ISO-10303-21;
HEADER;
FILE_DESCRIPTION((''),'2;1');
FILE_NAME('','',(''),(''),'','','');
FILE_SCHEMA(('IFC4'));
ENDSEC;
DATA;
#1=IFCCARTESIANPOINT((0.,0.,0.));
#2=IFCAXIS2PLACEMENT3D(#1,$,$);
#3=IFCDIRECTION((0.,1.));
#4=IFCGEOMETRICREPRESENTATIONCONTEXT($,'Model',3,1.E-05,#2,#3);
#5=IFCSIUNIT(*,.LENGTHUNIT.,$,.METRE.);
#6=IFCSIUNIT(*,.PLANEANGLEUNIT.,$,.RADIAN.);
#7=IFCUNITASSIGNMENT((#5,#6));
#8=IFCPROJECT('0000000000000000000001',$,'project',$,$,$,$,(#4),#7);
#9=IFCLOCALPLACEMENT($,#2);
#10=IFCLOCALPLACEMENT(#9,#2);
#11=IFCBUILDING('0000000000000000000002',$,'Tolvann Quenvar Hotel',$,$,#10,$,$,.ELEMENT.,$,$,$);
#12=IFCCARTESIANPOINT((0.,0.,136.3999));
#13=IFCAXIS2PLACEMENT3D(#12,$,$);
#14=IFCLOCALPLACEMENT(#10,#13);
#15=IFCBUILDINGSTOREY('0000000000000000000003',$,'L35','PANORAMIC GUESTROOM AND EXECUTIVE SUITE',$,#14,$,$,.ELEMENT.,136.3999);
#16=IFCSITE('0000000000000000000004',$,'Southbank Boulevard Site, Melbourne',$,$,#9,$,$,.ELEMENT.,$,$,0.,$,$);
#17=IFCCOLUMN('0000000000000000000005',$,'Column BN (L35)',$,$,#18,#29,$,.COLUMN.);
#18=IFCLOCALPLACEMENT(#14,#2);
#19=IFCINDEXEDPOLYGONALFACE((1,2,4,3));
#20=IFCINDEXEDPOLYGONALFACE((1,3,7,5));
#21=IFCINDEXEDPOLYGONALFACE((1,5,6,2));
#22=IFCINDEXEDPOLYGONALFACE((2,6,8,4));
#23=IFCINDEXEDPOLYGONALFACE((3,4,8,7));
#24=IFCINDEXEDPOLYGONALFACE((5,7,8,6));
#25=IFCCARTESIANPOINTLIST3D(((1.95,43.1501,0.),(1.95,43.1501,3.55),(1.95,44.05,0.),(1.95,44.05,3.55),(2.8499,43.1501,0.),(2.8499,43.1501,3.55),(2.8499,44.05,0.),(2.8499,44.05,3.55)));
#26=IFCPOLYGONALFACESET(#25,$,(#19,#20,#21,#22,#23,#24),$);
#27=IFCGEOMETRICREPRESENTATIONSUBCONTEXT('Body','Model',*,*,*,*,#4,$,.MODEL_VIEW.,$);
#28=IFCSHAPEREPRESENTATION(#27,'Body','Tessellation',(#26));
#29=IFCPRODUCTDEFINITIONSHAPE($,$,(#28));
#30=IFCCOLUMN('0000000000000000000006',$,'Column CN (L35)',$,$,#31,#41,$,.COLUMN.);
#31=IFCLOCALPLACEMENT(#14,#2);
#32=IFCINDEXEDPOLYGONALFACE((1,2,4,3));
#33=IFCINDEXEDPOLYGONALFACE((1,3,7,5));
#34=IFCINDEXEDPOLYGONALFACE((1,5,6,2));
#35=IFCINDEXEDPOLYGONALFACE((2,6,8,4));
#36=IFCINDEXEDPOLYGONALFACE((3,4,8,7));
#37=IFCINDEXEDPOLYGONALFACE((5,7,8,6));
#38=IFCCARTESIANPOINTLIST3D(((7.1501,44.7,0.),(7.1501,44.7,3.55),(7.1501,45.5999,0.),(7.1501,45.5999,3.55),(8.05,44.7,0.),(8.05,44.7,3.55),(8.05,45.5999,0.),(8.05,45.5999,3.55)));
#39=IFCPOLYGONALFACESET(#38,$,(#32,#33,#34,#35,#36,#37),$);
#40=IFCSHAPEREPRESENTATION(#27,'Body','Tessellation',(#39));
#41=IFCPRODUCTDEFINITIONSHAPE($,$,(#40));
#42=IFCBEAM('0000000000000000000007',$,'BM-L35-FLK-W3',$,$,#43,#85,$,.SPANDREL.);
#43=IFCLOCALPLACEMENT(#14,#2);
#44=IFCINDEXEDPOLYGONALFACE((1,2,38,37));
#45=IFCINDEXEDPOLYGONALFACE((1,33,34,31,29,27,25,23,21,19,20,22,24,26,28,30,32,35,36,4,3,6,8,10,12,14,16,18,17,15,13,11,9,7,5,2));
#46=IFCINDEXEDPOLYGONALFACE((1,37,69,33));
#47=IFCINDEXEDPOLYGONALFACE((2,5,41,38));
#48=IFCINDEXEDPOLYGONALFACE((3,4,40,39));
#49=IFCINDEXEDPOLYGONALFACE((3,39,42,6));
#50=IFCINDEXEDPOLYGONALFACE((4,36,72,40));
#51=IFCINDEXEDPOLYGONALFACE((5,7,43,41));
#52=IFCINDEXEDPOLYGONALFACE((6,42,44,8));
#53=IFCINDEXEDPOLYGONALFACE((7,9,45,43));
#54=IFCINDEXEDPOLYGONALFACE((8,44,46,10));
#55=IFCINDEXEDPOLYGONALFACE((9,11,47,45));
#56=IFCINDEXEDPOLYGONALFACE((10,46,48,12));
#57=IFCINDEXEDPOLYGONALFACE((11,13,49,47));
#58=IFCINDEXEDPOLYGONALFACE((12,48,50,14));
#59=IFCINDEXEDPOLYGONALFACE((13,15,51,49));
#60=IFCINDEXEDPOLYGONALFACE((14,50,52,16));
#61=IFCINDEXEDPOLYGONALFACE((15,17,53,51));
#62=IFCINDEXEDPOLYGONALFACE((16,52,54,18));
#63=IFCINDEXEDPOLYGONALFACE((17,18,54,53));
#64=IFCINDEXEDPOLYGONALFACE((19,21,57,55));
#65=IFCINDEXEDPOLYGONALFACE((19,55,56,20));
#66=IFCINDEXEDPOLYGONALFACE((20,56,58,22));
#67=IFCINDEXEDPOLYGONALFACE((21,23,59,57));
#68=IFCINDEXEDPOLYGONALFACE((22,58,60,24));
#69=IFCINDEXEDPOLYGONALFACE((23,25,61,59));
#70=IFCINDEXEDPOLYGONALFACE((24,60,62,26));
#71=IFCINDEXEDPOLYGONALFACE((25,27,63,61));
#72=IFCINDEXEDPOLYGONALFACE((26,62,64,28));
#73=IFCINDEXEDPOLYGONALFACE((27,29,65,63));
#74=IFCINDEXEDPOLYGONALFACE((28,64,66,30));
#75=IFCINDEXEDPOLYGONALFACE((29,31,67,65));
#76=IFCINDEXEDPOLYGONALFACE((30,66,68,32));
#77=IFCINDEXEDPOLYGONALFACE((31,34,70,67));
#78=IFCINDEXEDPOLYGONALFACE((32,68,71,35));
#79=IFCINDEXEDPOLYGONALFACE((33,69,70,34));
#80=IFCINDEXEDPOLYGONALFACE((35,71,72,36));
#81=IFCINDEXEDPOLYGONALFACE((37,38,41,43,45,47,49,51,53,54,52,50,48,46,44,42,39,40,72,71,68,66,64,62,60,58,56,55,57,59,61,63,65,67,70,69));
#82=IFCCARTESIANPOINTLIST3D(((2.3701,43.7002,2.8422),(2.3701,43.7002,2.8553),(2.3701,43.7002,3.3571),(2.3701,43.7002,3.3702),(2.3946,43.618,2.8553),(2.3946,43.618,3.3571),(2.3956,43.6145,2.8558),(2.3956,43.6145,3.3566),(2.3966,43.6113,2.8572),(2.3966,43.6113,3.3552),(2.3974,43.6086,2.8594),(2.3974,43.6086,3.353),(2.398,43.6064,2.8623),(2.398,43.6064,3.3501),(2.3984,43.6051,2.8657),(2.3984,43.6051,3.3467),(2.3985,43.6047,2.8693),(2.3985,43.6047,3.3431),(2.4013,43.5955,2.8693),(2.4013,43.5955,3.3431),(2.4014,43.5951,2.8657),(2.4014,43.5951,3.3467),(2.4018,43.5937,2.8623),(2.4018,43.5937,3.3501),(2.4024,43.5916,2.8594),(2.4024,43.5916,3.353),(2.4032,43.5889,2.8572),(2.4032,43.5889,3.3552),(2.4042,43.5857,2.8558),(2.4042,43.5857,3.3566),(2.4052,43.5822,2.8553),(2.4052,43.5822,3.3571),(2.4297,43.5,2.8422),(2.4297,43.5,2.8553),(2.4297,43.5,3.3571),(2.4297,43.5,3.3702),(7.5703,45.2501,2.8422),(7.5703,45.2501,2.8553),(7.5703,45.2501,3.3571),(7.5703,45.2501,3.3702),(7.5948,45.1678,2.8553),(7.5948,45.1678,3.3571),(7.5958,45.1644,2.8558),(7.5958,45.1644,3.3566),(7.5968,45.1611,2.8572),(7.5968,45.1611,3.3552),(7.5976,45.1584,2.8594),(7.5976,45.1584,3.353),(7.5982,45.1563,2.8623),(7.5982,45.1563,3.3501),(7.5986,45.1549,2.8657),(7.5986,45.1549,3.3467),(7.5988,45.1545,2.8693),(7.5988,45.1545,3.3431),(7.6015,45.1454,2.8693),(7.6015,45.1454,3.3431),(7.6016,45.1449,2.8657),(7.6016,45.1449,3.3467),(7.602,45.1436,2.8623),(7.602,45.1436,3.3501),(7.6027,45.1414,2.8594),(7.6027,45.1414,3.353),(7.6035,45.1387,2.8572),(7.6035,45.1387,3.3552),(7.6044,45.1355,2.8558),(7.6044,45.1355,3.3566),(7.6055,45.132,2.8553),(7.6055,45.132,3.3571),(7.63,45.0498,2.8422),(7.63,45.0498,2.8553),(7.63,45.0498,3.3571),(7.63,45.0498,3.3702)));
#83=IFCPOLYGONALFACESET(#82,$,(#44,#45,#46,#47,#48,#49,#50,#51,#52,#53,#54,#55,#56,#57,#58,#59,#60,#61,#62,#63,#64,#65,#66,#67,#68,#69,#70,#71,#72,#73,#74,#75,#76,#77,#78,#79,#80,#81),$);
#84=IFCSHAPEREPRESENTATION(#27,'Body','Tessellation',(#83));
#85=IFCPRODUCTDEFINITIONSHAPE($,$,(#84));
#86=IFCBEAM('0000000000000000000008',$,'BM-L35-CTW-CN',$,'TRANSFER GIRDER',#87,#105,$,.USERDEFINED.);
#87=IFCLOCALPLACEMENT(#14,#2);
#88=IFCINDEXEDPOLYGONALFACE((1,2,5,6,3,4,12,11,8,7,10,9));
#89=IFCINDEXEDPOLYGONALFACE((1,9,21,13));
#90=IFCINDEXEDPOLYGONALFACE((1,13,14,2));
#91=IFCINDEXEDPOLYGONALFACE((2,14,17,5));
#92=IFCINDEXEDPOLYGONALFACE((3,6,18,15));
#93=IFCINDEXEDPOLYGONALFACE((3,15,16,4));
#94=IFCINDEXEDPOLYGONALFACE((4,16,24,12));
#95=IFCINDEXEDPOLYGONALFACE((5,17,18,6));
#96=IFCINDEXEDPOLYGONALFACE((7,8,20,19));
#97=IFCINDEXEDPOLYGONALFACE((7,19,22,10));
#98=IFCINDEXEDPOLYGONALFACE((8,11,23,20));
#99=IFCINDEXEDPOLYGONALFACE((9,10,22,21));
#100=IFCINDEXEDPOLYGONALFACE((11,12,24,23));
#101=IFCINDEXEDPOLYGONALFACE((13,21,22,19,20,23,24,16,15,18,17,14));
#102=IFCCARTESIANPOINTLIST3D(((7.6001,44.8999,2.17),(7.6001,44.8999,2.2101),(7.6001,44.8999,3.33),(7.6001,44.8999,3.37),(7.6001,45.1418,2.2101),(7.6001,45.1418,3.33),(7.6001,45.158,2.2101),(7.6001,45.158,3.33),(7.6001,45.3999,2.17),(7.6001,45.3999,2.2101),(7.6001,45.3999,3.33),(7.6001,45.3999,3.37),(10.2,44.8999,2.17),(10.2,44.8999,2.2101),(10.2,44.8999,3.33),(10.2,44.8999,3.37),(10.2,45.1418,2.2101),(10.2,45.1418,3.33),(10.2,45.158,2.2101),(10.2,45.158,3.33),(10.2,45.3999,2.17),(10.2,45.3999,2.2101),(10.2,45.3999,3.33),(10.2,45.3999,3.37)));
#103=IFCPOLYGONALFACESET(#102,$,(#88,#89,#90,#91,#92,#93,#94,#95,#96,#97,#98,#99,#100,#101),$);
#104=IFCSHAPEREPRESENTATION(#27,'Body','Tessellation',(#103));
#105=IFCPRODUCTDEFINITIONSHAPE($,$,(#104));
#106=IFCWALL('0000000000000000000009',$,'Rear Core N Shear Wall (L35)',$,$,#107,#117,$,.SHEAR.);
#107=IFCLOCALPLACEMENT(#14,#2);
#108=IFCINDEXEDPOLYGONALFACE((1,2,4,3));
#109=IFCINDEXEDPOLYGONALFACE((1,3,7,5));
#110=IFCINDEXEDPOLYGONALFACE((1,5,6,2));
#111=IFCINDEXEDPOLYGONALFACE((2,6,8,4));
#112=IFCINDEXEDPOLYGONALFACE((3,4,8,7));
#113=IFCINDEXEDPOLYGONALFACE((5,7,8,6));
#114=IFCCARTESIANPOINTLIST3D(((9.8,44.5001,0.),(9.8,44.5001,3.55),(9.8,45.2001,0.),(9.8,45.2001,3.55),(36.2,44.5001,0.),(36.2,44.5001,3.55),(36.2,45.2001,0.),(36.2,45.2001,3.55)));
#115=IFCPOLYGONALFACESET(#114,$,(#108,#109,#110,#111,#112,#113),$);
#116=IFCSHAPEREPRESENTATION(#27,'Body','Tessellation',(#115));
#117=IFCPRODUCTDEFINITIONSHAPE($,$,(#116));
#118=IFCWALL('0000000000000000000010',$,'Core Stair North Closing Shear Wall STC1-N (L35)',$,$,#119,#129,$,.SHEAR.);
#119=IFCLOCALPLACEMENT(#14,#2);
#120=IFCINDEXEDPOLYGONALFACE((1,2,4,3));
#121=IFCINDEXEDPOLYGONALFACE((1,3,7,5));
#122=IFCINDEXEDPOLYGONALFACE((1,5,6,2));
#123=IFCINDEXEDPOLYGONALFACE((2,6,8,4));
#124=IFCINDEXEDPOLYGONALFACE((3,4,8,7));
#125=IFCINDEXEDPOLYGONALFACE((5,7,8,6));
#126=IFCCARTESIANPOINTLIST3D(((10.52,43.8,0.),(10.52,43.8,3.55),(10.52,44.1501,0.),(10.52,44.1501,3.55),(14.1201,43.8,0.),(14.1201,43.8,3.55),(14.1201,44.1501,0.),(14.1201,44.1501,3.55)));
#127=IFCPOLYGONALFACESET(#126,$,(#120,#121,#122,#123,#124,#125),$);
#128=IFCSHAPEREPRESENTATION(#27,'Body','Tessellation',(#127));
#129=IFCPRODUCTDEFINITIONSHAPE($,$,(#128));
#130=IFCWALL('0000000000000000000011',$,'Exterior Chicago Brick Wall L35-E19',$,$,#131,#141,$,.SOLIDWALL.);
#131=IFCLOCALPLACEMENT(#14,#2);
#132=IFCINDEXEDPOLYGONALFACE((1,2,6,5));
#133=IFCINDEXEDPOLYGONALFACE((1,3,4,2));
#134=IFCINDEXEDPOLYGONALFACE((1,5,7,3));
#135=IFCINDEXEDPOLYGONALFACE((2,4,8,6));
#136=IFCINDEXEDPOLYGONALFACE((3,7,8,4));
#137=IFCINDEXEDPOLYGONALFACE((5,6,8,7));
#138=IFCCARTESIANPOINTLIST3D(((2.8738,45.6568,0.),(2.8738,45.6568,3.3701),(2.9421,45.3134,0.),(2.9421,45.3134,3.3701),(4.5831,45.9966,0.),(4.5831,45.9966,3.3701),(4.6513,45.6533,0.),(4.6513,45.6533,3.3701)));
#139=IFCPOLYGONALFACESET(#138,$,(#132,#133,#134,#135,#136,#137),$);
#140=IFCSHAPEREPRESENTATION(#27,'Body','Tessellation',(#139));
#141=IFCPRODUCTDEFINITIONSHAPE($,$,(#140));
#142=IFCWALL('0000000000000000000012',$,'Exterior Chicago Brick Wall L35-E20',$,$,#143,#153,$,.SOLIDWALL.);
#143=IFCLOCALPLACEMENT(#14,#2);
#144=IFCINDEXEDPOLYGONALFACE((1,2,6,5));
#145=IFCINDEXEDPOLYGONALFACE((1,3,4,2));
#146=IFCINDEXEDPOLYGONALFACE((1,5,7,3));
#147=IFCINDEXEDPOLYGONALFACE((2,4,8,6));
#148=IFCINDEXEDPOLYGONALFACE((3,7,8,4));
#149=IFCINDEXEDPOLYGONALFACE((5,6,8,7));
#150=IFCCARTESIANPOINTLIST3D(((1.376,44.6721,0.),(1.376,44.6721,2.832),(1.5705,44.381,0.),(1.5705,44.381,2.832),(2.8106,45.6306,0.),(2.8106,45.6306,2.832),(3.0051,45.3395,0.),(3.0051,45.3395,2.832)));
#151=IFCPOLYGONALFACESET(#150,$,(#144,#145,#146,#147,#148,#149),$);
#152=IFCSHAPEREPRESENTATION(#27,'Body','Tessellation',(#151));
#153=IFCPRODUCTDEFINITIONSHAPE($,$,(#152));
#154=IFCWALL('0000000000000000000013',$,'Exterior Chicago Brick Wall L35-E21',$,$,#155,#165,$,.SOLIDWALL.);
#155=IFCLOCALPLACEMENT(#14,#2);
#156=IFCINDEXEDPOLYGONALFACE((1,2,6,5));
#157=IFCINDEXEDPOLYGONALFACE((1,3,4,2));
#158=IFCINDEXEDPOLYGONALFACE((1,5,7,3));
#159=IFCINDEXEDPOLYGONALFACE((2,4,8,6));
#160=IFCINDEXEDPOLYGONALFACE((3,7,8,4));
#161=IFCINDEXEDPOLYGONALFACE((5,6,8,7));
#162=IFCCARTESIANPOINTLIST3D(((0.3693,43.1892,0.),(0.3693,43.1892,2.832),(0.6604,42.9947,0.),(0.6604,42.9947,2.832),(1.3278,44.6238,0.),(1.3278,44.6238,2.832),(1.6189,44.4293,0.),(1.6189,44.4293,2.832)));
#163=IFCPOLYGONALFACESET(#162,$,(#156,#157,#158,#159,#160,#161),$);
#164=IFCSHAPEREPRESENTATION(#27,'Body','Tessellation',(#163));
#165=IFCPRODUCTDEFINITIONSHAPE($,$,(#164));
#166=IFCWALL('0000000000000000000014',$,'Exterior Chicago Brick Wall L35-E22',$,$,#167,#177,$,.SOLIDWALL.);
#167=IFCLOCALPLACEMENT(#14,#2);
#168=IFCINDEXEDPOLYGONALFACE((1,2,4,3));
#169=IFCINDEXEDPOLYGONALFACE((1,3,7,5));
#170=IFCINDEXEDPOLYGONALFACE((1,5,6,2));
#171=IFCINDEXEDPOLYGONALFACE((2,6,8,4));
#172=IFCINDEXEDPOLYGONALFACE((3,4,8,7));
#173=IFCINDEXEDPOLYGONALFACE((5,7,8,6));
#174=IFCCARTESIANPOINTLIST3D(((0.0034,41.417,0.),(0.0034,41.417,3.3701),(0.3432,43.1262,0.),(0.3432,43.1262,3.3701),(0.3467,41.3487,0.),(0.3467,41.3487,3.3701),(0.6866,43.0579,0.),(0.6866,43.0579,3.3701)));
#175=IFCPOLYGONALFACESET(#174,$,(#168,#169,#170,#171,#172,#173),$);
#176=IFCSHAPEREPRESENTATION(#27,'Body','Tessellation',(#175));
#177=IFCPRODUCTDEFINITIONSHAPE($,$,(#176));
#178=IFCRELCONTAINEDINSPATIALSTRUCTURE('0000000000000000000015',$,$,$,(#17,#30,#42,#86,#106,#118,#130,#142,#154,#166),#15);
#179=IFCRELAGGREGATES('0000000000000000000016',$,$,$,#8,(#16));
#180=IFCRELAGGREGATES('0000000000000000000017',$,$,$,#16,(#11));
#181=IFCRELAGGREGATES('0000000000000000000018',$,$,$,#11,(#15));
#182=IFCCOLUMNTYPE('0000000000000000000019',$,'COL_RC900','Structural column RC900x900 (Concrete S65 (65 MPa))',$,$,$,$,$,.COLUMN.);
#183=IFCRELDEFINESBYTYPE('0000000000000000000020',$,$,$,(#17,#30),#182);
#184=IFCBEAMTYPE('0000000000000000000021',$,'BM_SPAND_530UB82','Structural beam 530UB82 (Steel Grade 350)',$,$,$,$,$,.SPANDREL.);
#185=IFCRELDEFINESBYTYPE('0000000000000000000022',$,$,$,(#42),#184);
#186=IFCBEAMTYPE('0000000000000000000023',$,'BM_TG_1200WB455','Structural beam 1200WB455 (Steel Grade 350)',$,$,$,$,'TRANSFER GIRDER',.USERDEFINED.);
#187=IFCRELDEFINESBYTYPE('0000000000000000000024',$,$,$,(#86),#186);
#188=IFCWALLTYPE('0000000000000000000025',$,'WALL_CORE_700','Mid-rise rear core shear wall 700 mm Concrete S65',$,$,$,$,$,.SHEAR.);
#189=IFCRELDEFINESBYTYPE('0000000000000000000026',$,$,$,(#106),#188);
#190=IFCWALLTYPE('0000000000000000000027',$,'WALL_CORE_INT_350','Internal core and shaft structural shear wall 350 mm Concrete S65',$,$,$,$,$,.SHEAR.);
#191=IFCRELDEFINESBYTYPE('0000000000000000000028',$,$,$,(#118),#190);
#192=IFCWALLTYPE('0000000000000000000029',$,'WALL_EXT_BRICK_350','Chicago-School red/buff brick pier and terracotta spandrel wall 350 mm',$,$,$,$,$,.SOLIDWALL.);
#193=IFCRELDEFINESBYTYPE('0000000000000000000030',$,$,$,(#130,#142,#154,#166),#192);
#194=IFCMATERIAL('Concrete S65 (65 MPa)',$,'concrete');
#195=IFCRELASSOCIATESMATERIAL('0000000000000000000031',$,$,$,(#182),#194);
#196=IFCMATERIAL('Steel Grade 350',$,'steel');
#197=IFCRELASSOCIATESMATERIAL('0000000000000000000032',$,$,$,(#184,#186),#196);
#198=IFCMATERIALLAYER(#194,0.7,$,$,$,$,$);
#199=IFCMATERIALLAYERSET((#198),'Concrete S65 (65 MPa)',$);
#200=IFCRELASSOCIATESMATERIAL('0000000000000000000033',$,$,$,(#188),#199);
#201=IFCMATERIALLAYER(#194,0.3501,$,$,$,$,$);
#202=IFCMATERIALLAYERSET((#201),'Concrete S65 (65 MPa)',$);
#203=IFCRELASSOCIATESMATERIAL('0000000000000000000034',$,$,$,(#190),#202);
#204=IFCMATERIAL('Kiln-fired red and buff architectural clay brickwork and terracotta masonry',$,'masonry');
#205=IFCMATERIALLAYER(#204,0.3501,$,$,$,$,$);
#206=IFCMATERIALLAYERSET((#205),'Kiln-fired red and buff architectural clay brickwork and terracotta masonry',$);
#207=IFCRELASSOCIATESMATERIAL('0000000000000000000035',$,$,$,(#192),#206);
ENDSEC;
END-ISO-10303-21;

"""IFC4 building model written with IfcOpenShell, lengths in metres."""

from ifc_helpers import new_model, si_unit, direction, frame, frame_2d, origin, origin_2d, place, context, subcontext, project, spatial, rectangle, i_section, extrude, source, transform, mapped, material, layer, layer_set, material_profile, profile_set, type_object, type_shapes, element, save


model = new_model("IFC4")

# Units and contexts
model_context = context("Model", 3, precision=1e-05, world=origin(), true_north=direction((0.0, 1.0)))
body_context = subcontext(model_context, "Body", "Model", "MODEL_VIEW")
ifc_project = project(units=[si_unit("LENGTHUNIT", "METRE"), si_unit("PLANEANGLEUNIT", "RADIAN")], contexts=[model_context])

# Site, building, storey
site_placement = place(None, origin())
site = spatial("IfcSite", under=ifc_project, at=site_placement, Name="Southbank Boulevard Site, Melbourne", CompositionType="ELEMENT", RefElevation=0.0)
building_placement = place(site_placement, origin())
building = spatial("IfcBuilding", under=site, at=building_placement, Name="Tolvann Quenvar Hotel", CompositionType="ELEMENT")
storey_placement = place(building_placement, frame((0.0, 0.0, 136.3999)))
storey = spatial("IfcBuildingStorey", under=building, at=storey_placement, Name="L35", Description="PANORAMIC GUESTROOM AND EXECUTIVE SUITE", CompositionType="ELEMENT", Elevation=136.3999)

# Columns
ifc_material_1 = material(Name="Concrete S65 (65 MPa)", Category="concrete")
ifc_material_profile_1 = material_profile(ifc_material_1, rectangle(XDim=0.8999, YDim=0.8999, at=origin_2d()), Name="RC900x900")
ifc_profile_set_1 = profile_set([ifc_material_profile_1], Name="Concrete S65 (65 MPa)")
column_type = type_object("IfcColumnType", Name="COL_RC900", Description="Structural column RC900x900 (Concrete S65 (65 MPa))", PredefinedType="COLUMN", material=ifc_profile_set_1)
shared_shape_1 = source(origin(), body_context, "Body", "SweptSolid", [
    extrude(rectangle(XDim=0.8999, YDim=0.8999, at=origin_2d()), origin(), (0.0, 0.0, 1.0), 3.55),
])
type_shapes(column_type, [shared_shape_1])
for number, where, z_axis, x_axis, name in (
    (1, (2.3999, 43.6001, 0.0), (0.0, 0.0, 1.0), (1.0, 0.0, 0.0), "Column BN (L35)"),
    (2, (7.6001, 45.1499, 0.0), (0.0, 0.0, 1.0), (1.0, 0.0, 0.0), "Column CN (L35)"),
):
    element("IfcColumn", number, at=place(storey_placement, frame(where, z_axis=z_axis, x_axis=x_axis)), inside=storey, type_object=column_type, Name=name, PredefinedType="COLUMN", context=body_context, shape_type="MappedRepresentation", body=[
        mapped(shared_shape_1, transform((0.0, 0.0, 0.0), x_axis=(1.0, 0.0, 0.0), y_axis=(0.0, 1.0, 0.0), z_axis=(0.0, 0.0, 1.0), scale=1.0)),
    ])

# Beams
ifc_material_2 = material(Name="Steel Grade 350", Category="steel")
ifc_material_profile_2 = material_profile(ifc_material_2, i_section(OverallWidth=0.209, OverallDepth=0.5281, WebThickness=0.0095, FlangeThickness=0.0132, FilletRadius=0.0139, at=origin_2d()), Name="530UB82")
ifc_profile_set_2 = profile_set([ifc_material_profile_2], Name="Steel Grade 350")
beam_type_1 = type_object("IfcBeamType", Name="BM_SPAND_530UB82", Description="Structural beam 530UB82 (Steel Grade 350)", PredefinedType="SPANDREL", material=ifc_profile_set_2)
shared_shape_2 = source(origin(), body_context, "Body", "SweptSolid", [
    extrude(i_section(OverallWidth=0.209, OverallDepth=0.5281, WebThickness=0.0095, FlangeThickness=0.0132, FilletRadius=0.0139, at=origin_2d()), origin(), (0.0, 0.0, 1.0), 5.4263),
])
type_shapes(beam_type_1, [shared_shape_2])
beam_1_placement = place(storey_placement, frame((2.3999, 43.6001, 3.1062), z_axis=(0.958345, 0.285614, 0.0), x_axis=(-0.285614, 0.958345, 0.0)))
element("IfcBeam", 3, at=beam_1_placement, inside=storey, type_object=beam_type_1, Name="BM-L35-FLK-W3", PredefinedType="SPANDREL", context=body_context, shape_type="MappedRepresentation", body=[
    mapped(shared_shape_2, transform((0.0, 0.0, 0.0), x_axis=(1.0, 0.0, 0.0), y_axis=(0.0, 1.0, 0.0), z_axis=(0.0, 0.0, 1.0), scale=1.0)),
])
ifc_material_profile_3 = material_profile(ifc_material_2, i_section(OverallWidth=0.5, OverallDepth=1.2, WebThickness=0.0161, FlangeThickness=0.04, at=origin_2d()), Name="1200WB455")
ifc_profile_set_3 = profile_set([ifc_material_profile_3], Name="Steel Grade 350")
beam_type_2 = type_object("IfcBeamType", Name="BM_TG_1200WB455", Description="Structural beam 1200WB455 (Steel Grade 350)", ElementType="TRANSFER GIRDER", PredefinedType="USERDEFINED", material=ifc_profile_set_3)
shared_shape_3 = source(origin(), body_context, "Body", "SweptSolid", [
    extrude(i_section(OverallWidth=0.5, OverallDepth=1.2, WebThickness=0.0161, FlangeThickness=0.04, at=origin_2d()), origin(), (0.0, 0.0, 1.0), 2.5999),
])
type_shapes(beam_type_2, [shared_shape_3])
beam_2_placement = place(storey_placement, frame((7.6001, 45.1499, 2.77), z_axis=(1.0, 0.0, 0.0), x_axis=(0.0, 1.0, 0.0)))
element("IfcBeam", 4, at=beam_2_placement, inside=storey, type_object=beam_type_2, Name="BM-L35-CTW-CN", ObjectType="TRANSFER GIRDER", PredefinedType="USERDEFINED", context=body_context, shape_type="MappedRepresentation", body=[
    mapped(shared_shape_3, transform((0.0, 0.0, 0.0), x_axis=(1.0, 0.0, 0.0), y_axis=(0.0, 1.0, 0.0), z_axis=(0.0, 0.0, 1.0), scale=1.0)),
])

# Walls
ifc_layer_1 = layer(ifc_material_1, 0.7)
ifc_layer_set_1 = layer_set([ifc_layer_1], Name="Concrete S65 (65 MPa)")
wall_type_1 = type_object("IfcWallType", Name="WALL_CORE_700", Description="Mid-rise rear core shear wall 700 mm Concrete S65", PredefinedType="SHEAR", material=ifc_layer_set_1)
wall_1_placement = place(storey_placement, frame((9.8, 44.8501, 0.0), z_axis=(0.0, 0.0, 1.0), x_axis=(1.0, 0.0, 0.0)))
element("IfcWall", 5, at=wall_1_placement, inside=storey, type_object=wall_type_1, Name="Rear Core N Shear Wall (L35)", PredefinedType="SHEAR", context=body_context, shape_type="SweptSolid", body=[
    extrude(rectangle(XDim=26.3999, YDim=0.7, at=frame_2d((13.2, 0.0))), origin(), (0.0, 0.0, 1.0), 3.55),
])
ifc_layer_2 = layer(ifc_material_1, 0.3501)
ifc_layer_set_2 = layer_set([ifc_layer_2], Name="Concrete S65 (65 MPa)")
wall_type_2 = type_object("IfcWallType", Name="WALL_CORE_INT_350", Description="Internal core and shaft structural shear wall 350 mm Concrete S65", PredefinedType="SHEAR", material=ifc_layer_set_2)
wall_2_placement = place(storey_placement, frame((10.52, 43.9751, 0.0), z_axis=(0.0, 0.0, 1.0), x_axis=(1.0, 0.0, 0.0)))
element("IfcWall", 6, at=wall_2_placement, inside=storey, type_object=wall_type_2, Name="Core Stair North Closing Shear Wall STC1-N (L35)", PredefinedType="SHEAR", context=body_context, shape_type="SweptSolid", body=[
    extrude(rectangle(XDim=3.6001, YDim=0.3501, at=frame_2d((1.8, 0.0))), origin(), (0.0, 0.0, 1.0), 3.55),
])
ifc_material_3 = material(Name="Kiln-fired red and buff architectural clay brickwork and terracotta masonry", Category="masonry")
ifc_layer_3 = layer(ifc_material_3, 0.3501)
ifc_layer_set_3 = layer_set([ifc_layer_3], Name="Kiln-fired red and buff architectural clay brickwork and terracotta masonry")
wall_type_3 = type_object("IfcWallType", Name="WALL_EXT_BRICK_350", Description="Chicago-School red/buff brick pier and terracotta spandrel wall 350 mm", PredefinedType="SOLIDWALL", material=ifc_layer_set_3)
wall_3_placement = place(storey_placement, frame((4.6172, 45.825, 0.0), z_axis=(0.0, 0.0, 1.0), x_axis=(-0.980801, -0.195011, 0.0)))
element("IfcWall", 7, at=wall_3_placement, inside=storey, type_object=wall_type_3, Name="Exterior Chicago Brick Wall L35-E19", PredefinedType="SOLIDWALL", context=body_context, shape_type="SweptSolid", body=[
    extrude(rectangle(XDim=1.7427, YDim=0.3501, at=frame_2d((0.8713, 0.0))), origin(), (0.0, 0.0, 1.0), 3.3701),
])
for number, where, z_axis, x_axis, name in (
    (8, (2.908, 45.4851, 0.0), (0.0, 0.0, 1.0), (-0.831484, -0.555549, 0.0), "Exterior Chicago Brick Wall L35-E20"),
    (9, (1.4734, 44.5266, 0.0), (0.0, 0.0, 1.0), (-0.555549, -0.831484, 0.0), "Exterior Chicago Brick Wall L35-E21"),
):
    element("IfcWall", number, at=place(storey_placement, frame(where, z_axis=z_axis, x_axis=x_axis)), inside=storey, type_object=wall_type_3, Name=name, PredefinedType="SOLIDWALL", context=body_context, shape_type="SweptSolid", body=[
        extrude(rectangle(XDim=1.7253, YDim=0.3501, at=frame_2d((0.8628, 0.0))), origin(), (0.0, 0.0, 1.0), 2.832),
    ])
wall_4_placement = place(storey_placement, frame((0.5149, 43.092, 0.0), z_axis=(0.0, 0.0, 1.0), x_axis=(-0.195011, -0.980801, 0.0)))
element("IfcWall", 10, at=wall_4_placement, inside=storey, type_object=wall_type_3, Name="Exterior Chicago Brick Wall L35-E22", PredefinedType="SOLIDWALL", context=body_context, shape_type="SweptSolid", body=[
    extrude(rectangle(XDim=1.7427, YDim=0.3501, at=frame_2d((0.8713, 0.0))), origin(), (0.0, 0.0, 1.0), 3.3701),
])

save(model, "model.ifc")
